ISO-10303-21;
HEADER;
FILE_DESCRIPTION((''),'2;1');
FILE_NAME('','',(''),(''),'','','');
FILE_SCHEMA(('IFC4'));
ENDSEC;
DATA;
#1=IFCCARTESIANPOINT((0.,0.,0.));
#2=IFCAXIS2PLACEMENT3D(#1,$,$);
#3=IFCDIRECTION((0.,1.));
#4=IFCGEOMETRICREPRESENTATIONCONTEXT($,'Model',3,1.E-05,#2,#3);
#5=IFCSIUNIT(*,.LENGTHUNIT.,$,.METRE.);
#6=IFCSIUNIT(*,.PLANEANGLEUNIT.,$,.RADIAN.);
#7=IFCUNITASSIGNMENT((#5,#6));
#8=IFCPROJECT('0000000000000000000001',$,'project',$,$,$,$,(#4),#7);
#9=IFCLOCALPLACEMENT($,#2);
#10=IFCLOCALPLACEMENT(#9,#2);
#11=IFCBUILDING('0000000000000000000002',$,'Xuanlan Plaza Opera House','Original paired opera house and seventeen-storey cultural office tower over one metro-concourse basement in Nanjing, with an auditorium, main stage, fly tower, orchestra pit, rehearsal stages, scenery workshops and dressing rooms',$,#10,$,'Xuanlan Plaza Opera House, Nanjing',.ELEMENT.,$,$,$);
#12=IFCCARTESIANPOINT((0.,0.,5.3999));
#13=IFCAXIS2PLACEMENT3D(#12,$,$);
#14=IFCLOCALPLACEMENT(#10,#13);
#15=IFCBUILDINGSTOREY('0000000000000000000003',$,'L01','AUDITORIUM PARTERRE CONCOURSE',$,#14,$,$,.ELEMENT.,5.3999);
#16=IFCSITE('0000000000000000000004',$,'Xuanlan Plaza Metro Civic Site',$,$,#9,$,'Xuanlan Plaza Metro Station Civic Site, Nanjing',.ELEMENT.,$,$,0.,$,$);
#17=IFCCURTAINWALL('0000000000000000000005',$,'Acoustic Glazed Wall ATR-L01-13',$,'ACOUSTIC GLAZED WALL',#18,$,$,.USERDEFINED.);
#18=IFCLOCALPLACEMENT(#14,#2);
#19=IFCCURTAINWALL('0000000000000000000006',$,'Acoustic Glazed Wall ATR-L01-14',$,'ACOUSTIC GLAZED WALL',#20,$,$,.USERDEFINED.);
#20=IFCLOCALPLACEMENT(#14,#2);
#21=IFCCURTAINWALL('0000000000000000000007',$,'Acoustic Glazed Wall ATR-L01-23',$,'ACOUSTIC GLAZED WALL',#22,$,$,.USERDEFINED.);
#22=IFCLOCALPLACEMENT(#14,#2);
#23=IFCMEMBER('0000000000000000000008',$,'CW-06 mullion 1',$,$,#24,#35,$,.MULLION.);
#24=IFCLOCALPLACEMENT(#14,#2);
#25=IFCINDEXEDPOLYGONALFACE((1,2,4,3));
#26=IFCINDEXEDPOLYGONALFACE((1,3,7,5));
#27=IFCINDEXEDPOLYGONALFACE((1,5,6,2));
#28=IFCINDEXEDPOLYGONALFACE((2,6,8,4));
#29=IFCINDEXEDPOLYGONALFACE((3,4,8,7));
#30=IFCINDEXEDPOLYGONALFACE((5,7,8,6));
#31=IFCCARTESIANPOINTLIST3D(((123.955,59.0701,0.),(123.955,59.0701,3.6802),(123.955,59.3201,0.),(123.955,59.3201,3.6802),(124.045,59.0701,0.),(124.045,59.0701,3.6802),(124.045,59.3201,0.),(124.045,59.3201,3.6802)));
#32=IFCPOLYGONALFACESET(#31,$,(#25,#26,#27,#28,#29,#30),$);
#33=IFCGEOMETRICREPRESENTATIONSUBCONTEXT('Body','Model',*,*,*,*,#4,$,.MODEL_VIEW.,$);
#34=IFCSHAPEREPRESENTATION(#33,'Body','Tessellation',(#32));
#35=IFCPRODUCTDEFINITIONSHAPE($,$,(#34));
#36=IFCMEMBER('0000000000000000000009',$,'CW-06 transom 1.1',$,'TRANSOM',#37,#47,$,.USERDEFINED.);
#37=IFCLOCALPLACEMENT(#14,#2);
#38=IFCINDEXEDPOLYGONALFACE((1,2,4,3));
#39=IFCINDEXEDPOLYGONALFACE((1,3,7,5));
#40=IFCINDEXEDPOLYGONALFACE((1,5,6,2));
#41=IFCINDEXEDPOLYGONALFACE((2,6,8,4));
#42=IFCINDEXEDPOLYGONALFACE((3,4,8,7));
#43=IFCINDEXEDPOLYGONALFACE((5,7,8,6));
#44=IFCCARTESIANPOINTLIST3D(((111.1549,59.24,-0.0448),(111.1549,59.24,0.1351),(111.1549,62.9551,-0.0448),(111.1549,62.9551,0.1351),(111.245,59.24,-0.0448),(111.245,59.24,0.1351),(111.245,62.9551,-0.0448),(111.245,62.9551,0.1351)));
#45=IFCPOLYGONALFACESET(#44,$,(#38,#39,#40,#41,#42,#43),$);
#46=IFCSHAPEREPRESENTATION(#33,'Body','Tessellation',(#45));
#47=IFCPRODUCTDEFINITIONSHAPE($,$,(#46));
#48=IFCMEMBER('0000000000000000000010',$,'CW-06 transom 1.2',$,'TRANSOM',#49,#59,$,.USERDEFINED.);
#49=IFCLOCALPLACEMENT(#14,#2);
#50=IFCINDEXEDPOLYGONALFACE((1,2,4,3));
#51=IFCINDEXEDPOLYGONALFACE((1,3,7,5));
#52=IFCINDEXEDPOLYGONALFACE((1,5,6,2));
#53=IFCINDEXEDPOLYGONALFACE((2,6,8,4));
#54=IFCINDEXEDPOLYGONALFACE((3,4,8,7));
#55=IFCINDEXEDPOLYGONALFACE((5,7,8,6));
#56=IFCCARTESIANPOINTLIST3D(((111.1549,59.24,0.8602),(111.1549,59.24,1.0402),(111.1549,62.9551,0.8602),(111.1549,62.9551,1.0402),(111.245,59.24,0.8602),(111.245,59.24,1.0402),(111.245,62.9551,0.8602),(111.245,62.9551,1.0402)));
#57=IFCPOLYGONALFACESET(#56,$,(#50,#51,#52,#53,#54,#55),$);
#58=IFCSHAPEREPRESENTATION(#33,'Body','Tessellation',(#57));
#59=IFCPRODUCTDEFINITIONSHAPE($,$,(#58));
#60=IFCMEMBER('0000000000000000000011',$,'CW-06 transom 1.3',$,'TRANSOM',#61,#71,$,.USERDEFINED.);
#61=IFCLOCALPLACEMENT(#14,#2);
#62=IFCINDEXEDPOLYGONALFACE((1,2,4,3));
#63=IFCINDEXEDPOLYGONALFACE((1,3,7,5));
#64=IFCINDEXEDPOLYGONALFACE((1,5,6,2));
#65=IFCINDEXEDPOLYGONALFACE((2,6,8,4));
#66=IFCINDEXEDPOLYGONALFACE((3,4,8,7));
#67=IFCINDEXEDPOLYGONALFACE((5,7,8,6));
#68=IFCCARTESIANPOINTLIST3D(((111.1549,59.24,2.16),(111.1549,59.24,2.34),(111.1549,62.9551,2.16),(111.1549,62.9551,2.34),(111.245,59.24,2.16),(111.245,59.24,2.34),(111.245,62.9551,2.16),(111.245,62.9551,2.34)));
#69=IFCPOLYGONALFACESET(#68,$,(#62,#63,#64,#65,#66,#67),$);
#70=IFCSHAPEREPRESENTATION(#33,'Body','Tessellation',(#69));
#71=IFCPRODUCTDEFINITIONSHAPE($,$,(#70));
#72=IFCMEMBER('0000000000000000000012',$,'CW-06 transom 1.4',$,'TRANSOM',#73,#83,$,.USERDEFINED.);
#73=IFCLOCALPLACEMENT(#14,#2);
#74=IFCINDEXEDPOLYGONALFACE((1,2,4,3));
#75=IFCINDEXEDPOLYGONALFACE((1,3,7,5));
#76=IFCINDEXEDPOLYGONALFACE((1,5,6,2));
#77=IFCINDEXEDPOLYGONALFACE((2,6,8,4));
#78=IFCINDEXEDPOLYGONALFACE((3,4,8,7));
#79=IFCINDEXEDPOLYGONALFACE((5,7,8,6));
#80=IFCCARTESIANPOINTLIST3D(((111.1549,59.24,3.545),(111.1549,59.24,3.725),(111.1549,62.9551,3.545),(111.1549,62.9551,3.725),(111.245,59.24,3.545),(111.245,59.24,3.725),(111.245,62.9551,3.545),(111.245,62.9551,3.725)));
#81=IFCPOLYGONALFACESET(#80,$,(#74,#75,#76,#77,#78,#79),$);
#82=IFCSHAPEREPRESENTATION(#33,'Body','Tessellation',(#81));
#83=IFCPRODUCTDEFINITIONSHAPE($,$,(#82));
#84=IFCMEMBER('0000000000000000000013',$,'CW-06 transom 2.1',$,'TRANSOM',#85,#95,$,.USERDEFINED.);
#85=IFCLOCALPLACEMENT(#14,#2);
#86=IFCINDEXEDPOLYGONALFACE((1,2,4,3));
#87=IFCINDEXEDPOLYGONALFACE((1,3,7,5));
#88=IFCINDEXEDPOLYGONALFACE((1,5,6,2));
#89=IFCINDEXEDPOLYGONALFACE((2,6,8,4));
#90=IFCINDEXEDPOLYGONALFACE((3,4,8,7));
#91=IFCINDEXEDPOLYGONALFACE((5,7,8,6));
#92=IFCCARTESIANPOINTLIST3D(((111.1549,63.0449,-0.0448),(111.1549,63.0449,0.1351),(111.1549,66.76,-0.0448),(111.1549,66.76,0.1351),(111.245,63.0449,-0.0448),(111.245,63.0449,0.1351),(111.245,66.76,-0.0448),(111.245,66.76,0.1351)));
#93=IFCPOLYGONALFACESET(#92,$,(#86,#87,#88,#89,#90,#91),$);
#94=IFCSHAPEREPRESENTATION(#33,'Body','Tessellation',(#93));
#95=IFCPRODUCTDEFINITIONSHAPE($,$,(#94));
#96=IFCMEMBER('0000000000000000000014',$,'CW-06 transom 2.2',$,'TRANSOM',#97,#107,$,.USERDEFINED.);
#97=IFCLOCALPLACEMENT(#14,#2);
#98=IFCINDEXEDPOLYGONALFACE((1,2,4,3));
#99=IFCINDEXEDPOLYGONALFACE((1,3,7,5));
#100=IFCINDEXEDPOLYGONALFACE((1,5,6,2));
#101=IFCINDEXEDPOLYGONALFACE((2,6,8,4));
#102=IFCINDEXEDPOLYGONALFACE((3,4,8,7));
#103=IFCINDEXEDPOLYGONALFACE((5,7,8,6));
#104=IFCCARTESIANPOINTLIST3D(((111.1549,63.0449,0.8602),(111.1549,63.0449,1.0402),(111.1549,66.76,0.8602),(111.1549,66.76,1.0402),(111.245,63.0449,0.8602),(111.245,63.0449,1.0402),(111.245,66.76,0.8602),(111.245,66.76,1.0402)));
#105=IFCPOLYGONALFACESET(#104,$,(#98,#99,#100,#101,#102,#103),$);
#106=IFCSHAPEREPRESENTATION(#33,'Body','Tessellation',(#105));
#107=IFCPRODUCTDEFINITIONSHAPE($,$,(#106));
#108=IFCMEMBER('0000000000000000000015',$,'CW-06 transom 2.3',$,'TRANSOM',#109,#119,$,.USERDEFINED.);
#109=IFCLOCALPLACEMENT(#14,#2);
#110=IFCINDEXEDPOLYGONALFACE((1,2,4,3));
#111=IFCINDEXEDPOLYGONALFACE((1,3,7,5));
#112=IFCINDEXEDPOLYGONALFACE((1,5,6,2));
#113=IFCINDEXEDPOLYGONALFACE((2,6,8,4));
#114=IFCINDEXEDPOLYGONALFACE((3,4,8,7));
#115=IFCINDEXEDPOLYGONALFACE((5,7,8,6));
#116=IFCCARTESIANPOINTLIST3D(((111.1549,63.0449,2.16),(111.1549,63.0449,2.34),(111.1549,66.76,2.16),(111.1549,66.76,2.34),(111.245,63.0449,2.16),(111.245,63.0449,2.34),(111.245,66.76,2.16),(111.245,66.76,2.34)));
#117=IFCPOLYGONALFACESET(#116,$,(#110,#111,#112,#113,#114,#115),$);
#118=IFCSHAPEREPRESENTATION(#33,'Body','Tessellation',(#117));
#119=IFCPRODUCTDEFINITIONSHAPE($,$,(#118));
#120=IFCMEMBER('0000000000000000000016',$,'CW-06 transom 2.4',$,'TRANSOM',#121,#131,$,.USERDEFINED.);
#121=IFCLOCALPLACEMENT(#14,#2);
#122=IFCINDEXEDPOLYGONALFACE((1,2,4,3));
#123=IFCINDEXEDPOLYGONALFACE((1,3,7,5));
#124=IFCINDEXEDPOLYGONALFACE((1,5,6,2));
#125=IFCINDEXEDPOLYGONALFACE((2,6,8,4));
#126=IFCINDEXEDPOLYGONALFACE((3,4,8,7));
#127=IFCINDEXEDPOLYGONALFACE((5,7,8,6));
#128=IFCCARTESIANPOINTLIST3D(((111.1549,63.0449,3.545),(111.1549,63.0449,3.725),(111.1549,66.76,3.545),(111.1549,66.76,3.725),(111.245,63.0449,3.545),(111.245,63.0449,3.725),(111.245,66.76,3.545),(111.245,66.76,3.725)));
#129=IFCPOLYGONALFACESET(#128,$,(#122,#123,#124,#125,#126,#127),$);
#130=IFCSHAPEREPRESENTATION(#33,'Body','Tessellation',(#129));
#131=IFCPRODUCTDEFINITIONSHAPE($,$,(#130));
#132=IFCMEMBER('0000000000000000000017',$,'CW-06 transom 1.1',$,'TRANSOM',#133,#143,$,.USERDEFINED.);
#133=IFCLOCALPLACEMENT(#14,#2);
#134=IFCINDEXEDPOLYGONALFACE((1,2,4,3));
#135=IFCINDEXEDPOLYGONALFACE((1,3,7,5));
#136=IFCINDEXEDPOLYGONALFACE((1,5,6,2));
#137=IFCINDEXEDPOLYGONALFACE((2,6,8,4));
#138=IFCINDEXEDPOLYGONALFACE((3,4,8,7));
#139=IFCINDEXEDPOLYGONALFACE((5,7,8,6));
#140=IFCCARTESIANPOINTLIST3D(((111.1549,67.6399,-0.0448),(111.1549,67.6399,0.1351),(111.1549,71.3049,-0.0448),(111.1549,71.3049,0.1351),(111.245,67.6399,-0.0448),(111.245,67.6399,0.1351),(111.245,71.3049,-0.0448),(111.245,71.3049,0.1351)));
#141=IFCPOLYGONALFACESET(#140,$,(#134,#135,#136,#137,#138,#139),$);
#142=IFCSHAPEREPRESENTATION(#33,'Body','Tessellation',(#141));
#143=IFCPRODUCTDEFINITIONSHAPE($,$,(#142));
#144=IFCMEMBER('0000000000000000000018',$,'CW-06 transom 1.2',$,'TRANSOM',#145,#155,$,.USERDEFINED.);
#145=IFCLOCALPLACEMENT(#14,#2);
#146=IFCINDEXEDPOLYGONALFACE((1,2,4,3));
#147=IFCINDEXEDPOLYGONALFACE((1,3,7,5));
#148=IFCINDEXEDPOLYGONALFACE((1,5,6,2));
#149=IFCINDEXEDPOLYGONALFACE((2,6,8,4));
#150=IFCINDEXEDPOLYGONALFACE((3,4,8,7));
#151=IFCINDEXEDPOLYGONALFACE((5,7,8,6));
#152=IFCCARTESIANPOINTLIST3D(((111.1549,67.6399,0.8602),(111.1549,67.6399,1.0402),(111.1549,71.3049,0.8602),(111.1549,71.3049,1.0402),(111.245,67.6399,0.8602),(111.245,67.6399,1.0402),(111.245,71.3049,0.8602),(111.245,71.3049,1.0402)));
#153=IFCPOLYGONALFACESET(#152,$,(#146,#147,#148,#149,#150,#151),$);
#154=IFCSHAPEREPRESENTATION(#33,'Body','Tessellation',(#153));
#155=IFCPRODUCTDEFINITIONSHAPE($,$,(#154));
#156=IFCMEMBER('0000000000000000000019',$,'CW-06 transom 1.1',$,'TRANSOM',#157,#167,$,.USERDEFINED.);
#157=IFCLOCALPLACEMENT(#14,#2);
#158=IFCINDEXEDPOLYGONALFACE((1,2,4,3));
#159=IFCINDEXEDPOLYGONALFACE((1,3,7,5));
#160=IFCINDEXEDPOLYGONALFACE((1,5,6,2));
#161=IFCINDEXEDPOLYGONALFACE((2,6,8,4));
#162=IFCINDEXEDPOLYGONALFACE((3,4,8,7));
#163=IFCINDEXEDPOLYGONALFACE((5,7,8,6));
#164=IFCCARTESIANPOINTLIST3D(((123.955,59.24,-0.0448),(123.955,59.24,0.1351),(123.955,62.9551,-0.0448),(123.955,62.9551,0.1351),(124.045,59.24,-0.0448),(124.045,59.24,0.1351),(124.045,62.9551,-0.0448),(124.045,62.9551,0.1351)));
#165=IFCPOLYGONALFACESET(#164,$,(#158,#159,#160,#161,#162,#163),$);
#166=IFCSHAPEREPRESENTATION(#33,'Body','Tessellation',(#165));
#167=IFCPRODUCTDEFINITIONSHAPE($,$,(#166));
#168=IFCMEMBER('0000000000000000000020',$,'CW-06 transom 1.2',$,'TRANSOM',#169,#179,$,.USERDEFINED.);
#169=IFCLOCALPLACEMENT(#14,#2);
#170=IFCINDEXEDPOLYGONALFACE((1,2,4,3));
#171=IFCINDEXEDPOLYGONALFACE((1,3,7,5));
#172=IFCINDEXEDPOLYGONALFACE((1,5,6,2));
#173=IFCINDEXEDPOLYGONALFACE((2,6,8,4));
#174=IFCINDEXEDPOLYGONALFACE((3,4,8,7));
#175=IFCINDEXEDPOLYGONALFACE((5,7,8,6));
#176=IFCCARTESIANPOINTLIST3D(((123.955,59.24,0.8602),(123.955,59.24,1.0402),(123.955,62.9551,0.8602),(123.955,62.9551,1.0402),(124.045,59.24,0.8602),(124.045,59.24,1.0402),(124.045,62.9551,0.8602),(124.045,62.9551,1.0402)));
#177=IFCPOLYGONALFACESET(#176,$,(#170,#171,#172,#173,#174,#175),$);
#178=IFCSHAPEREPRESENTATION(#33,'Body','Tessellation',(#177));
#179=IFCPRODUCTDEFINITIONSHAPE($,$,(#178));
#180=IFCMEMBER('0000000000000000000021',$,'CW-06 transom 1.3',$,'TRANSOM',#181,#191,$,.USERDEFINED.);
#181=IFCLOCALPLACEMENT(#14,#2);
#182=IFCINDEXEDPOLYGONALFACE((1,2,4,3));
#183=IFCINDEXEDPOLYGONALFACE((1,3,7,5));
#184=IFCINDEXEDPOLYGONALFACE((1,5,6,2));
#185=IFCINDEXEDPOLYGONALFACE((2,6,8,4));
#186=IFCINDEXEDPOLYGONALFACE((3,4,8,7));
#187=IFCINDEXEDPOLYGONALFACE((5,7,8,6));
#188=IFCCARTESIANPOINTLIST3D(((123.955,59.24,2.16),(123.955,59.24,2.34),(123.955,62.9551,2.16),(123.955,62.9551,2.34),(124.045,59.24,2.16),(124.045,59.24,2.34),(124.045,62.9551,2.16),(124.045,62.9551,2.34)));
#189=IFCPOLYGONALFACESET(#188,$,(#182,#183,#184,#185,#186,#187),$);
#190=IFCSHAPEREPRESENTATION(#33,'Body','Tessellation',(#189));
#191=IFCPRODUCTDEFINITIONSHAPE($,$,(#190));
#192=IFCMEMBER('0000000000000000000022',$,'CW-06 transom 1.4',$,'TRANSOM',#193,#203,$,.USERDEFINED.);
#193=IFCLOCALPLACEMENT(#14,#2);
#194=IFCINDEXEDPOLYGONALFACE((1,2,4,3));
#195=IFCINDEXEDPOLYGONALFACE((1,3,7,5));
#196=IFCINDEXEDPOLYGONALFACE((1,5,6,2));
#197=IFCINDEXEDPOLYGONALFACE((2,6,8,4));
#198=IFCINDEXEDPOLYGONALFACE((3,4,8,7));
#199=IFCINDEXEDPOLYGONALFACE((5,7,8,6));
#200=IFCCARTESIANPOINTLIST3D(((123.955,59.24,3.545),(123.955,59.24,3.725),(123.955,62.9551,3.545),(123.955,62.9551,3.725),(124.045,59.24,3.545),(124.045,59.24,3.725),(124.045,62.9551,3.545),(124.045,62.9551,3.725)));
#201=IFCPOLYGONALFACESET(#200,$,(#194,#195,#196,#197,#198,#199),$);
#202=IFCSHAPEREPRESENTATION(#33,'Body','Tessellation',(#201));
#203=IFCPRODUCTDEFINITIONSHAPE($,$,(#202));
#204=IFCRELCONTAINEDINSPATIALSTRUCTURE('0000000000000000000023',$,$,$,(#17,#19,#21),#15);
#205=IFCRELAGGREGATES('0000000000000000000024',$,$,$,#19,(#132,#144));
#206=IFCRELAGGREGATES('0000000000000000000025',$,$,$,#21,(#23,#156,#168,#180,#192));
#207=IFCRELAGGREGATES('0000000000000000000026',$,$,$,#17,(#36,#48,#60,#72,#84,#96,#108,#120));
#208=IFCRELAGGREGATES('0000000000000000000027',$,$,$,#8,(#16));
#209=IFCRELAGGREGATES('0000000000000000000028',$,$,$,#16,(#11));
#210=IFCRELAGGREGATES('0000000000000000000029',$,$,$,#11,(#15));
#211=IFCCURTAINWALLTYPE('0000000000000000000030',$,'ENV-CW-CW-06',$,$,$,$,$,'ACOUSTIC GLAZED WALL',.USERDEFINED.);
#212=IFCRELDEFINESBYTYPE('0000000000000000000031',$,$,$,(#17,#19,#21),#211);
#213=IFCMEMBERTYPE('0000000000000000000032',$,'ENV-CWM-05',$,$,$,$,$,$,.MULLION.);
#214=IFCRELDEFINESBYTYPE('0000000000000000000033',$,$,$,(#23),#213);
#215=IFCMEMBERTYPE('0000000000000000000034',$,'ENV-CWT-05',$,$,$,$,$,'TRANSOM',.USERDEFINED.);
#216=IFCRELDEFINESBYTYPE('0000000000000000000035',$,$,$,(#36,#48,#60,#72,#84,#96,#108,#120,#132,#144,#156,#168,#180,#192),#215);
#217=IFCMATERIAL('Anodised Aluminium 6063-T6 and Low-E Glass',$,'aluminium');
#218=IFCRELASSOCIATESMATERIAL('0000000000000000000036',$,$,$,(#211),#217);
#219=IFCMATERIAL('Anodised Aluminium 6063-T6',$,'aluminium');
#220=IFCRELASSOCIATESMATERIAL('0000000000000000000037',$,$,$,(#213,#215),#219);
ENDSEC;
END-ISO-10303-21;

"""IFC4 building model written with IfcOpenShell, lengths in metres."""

from ifc_helpers import new_model, si_unit, direction, frame, origin, origin_2d, place, context, subcontext, project, spatial, rectangle, extrude, material, material_profile, profile_set, type_object, element, aggregate, save


model = new_model("IFC4")

# Units and contexts
model_context = context("Model", 3, precision=1e-05, world=origin(), true_north=direction((0.0, 1.0)))
body_context = subcontext(model_context, "Body", "Model", "MODEL_VIEW")
ifc_project = project(units=[si_unit("LENGTHUNIT", "METRE"), si_unit("PLANEANGLEUNIT", "RADIAN")], contexts=[model_context])

# Site, building, storey
site_placement = place(None, origin())
site = spatial("IfcSite", under=ifc_project, at=site_placement, Name="Xuanlan Plaza Metro Civic Site", LongName="Xuanlan Plaza Metro Station Civic Site, Nanjing", CompositionType="ELEMENT", RefElevation=0.0)
building_placement = place(site_placement, origin())
building = spatial("IfcBuilding", under=site, at=building_placement, Name="Xuanlan Plaza Opera House", Description="Original paired opera house and seventeen-storey cultural office tower over one metro-concourse basement in Nanjing, with an auditorium, main stage, fly tower, orchestra pit, rehearsal stages, scenery workshops and dressing rooms", LongName="Xuanlan Plaza Opera House, Nanjing", CompositionType="ELEMENT")
storey_placement = place(building_placement, frame((0.0, 0.0, 5.3999)))
storey = spatial("IfcBuildingStorey", under=building, at=storey_placement, Name="L01", Description="AUDITORIUM PARTERRE CONCOURSE", CompositionType="ELEMENT", Elevation=5.3999)

# Shared definitions
ifc_material_1 = material(Name="Anodised Aluminium 6063-T6 and Low-E Glass", Category="aluminium")
curtain_wall_type = type_object("IfcCurtainWallType", Name="ENV-CW-CW-06", ElementType="ACOUSTIC GLAZED WALL", PredefinedType="USERDEFINED", material=ifc_material_1)
ifc_material_2 = material(Name="Anodised Aluminium 6063-T6", Category="aluminium")
ifc_material_profile_1 = material_profile(ifc_material_2, rectangle(XDim=0.0901, YDim=0.25, at=origin_2d()), Name="ALU-M 90x250")
ifc_profile_set_1 = profile_set([ifc_material_profile_1], Name="Anodised Aluminium 6063-T6")
member_type_1 = type_object("IfcMemberType", Name="ENV-CWM-05", PredefinedType="MULLION", material=ifc_profile_set_1)

# Curtain wall
curtain_wall_1_placement = place(storey_placement, origin())
curtain_wall_1 = element("IfcCurtainWall", 1, at=curtain_wall_1_placement, inside=storey, type_object=curtain_wall_type, Name="Acoustic Glazed Wall ATR-L01-13", ObjectType="ACOUSTIC GLAZED WALL", PredefinedType="USERDEFINED")

# Curtain walls, member
curtain_wall_2_placement = place(storey_placement, origin())
curtain_wall_2 = element("IfcCurtainWall", 2, at=curtain_wall_2_placement, inside=storey, type_object=curtain_wall_type, Name="Acoustic Glazed Wall ATR-L01-14", ObjectType="ACOUSTIC GLAZED WALL", PredefinedType="USERDEFINED")
curtain_wall_3_placement = place(storey_placement, origin())
curtain_wall_3 = element("IfcCurtainWall", 3, at=curtain_wall_3_placement, inside=storey, type_object=curtain_wall_type, Name="Acoustic Glazed Wall ATR-L01-23", ObjectType="ACOUSTIC GLAZED WALL", PredefinedType="USERDEFINED")
member_1_placement = place(storey_placement, frame((124.0, 59.1951, 0.0), z_axis=(0.0, 0.0, 1.0), x_axis=(-1.0, 0.0, 0.0)))
member_1 = element("IfcMember", 4, at=member_1_placement, type_object=member_type_1, Name="CW-06 mullion 1", PredefinedType="MULLION", context=body_context, shape_type="SweptSolid", body=[
    extrude(rectangle(XDim=0.0901, YDim=0.25, at=origin_2d()), origin(), (0.0, 0.0, 1.0), 3.6802),
])

# Members
ifc_material_profile_2 = material_profile(ifc_material_2, rectangle(XDim=0.0901, YDim=0.1799, at=origin_2d()), Name="ALU-T 90x180")
ifc_profile_set_2 = profile_set([ifc_material_profile_2], Name="Anodised Aluminium 6063-T6")
member_type_2 = type_object("IfcMemberType", Name="ENV-CWT-05", ElementType="TRANSOM", PredefinedType="USERDEFINED", material=ifc_profile_set_2)
member_2_placement = place(storey_placement, frame((111.2, 59.24, 0.0452), z_axis=(0.0, 1.0, 0.0), x_axis=(-1.0, 0.0, 0.0)))
member_2 = element("IfcMember", 5, at=member_2_placement, type_object=member_type_2, Name="CW-06 transom 1.1", ObjectType="TRANSOM", PredefinedType="USERDEFINED", context=body_context, shape_type="SweptSolid", body=[
    extrude(rectangle(XDim=0.0901, YDim=0.1799, at=origin_2d()), origin(), (0.0, 0.0, 1.0), 3.7151),
])
member_3_placement = place(storey_placement, frame((111.2, 59.24, 0.9502), z_axis=(0.0, 1.0, 0.0), x_axis=(-1.0, 0.0, 0.0)))
member_3 = element("IfcMember", 6, at=member_3_placement, type_object=member_type_2, Name="CW-06 transom 1.2", ObjectType="TRANSOM", PredefinedType="USERDEFINED", context=body_context, shape_type="SweptSolid", body=[
    extrude(rectangle(XDim=0.0901, YDim=0.1799, at=origin_2d()), origin(), (0.0, 0.0, 1.0), 3.7151),
])
member_4_placement = place(storey_placement, frame((111.2, 59.24, 2.25), z_axis=(0.0, 1.0, 0.0), x_axis=(-1.0, 0.0, 0.0)))
member_4 = element("IfcMember", 7, at=member_4_placement, type_object=member_type_2, Name="CW-06 transom 1.3", ObjectType="TRANSOM", PredefinedType="USERDEFINED", context=body_context, shape_type="SweptSolid", body=[
    extrude(rectangle(XDim=0.0901, YDim=0.1799, at=origin_2d()), origin(), (0.0, 0.0, 1.0), 3.7151),
])
member_5_placement = place(storey_placement, frame((111.2, 59.24, 3.635), z_axis=(0.0, 1.0, 0.0), x_axis=(-1.0, 0.0, 0.0)))
member_5 = element("IfcMember", 8, at=member_5_placement, type_object=member_type_2, Name="CW-06 transom 1.4", ObjectType="TRANSOM", PredefinedType="USERDEFINED", context=body_context, shape_type="SweptSolid", body=[
    extrude(rectangle(XDim=0.0901, YDim=0.1799, at=origin_2d()), origin(), (0.0, 0.0, 1.0), 3.7151),
])
member_6_placement = place(storey_placement, frame((111.2, 63.0449, 0.0452), z_axis=(0.0, 1.0, 0.0), x_axis=(-1.0, 0.0, 0.0)))
member_6 = element("IfcMember", 9, at=member_6_placement, type_object=member_type_2, Name="CW-06 transom 2.1", ObjectType="TRANSOM", PredefinedType="USERDEFINED", context=body_context, shape_type="SweptSolid", body=[
    extrude(rectangle(XDim=0.0901, YDim=0.1799, at=origin_2d()), origin(), (0.0, 0.0, 1.0), 3.7151),
])
member_7_placement = place(storey_placement, frame((111.2, 63.0449, 0.9502), z_axis=(0.0, 1.0, 0.0), x_axis=(-1.0, 0.0, 0.0)))
member_7 = element("IfcMember", 10, at=member_7_placement, type_object=member_type_2, Name="CW-06 transom 2.2", ObjectType="TRANSOM", PredefinedType="USERDEFINED", context=body_context, shape_type="SweptSolid", body=[
    extrude(rectangle(XDim=0.0901, YDim=0.1799, at=origin_2d()), origin(), (0.0, 0.0, 1.0), 3.7151),
])
member_8_placement = place(storey_placement, frame((111.2, 63.0449, 2.25), z_axis=(0.0, 1.0, 0.0), x_axis=(-1.0, 0.0, 0.0)))
member_8 = element("IfcMember", 11, at=member_8_placement, type_object=member_type_2, Name="CW-06 transom 2.3", ObjectType="TRANSOM", PredefinedType="USERDEFINED", context=body_context, shape_type="SweptSolid", body=[
    extrude(rectangle(XDim=0.0901, YDim=0.1799, at=origin_2d()), origin(), (0.0, 0.0, 1.0), 3.7151),
])
member_9_placement = place(storey_placement, frame((111.2, 63.0449, 3.635), z_axis=(0.0, 1.0, 0.0), x_axis=(-1.0, 0.0, 0.0)))
member_9 = element("IfcMember", 12, at=member_9_placement, type_object=member_type_2, Name="CW-06 transom 2.4", ObjectType="TRANSOM", PredefinedType="USERDEFINED", context=body_context, shape_type="SweptSolid", body=[
    extrude(rectangle(XDim=0.0901, YDim=0.1799, at=origin_2d()), origin(), (0.0, 0.0, 1.0), 3.7151),
])
member_10_placement = place(storey_placement, frame((111.2, 67.6399, 0.0452), z_axis=(0.0, 1.0, 0.0), x_axis=(-1.0, 0.0, 0.0)))
member_10 = element("IfcMember", 13, at=member_10_placement, type_object=member_type_2, Name="CW-06 transom 1.1", ObjectType="TRANSOM", PredefinedType="USERDEFINED", context=body_context, shape_type="SweptSolid", body=[
    extrude(rectangle(XDim=0.0901, YDim=0.1799, at=origin_2d()), origin(), (0.0, 0.0, 1.0), 3.665),
])
member_11_placement = place(storey_placement, frame((111.2, 67.6399, 0.9502), z_axis=(0.0, 1.0, 0.0), x_axis=(-1.0, 0.0, 0.0)))
member_11 = element("IfcMember", 14, at=member_11_placement, type_object=member_type_2, Name="CW-06 transom 1.2", ObjectType="TRANSOM", PredefinedType="USERDEFINED", context=body_context, shape_type="SweptSolid", body=[
    extrude(rectangle(XDim=0.0901, YDim=0.1799, at=origin_2d()), origin(), (0.0, 0.0, 1.0), 3.665),
])
aggregate(curtain_wall_2, [member_10, member_11])
member_12_placement = place(storey_placement, frame((124.0, 59.24, 0.0452), z_axis=(0.0, 1.0, 0.0), x_axis=(-1.0, 0.0, 0.0)))
member_12 = element("IfcMember", 15, at=member_12_placement, type_object=member_type_2, Name="CW-06 transom 1.1", ObjectType="TRANSOM", PredefinedType="USERDEFINED", context=body_context, shape_type="SweptSolid", body=[
    extrude(rectangle(XDim=0.0901, YDim=0.1799, at=origin_2d()), origin(), (0.0, 0.0, 1.0), 3.7151),
])
member_13_placement = place(storey_placement, frame((124.0, 59.24, 0.9502), z_axis=(0.0, 1.0, 0.0), x_axis=(-1.0, 0.0, 0.0)))
member_13 = element("IfcMember", 16, at=member_13_placement, type_object=member_type_2, Name="CW-06 transom 1.2", ObjectType="TRANSOM", PredefinedType="USERDEFINED", context=body_context, shape_type="SweptSolid", body=[
    extrude(rectangle(XDim=0.0901, YDim=0.1799, at=origin_2d()), origin(), (0.0, 0.0, 1.0), 3.7151),
])
member_14_placement = place(storey_placement, frame((124.0, 59.24, 2.25), z_axis=(0.0, 1.0, 0.0), x_axis=(-1.0, 0.0, 0.0)))
member_14 = element("IfcMember", 17, at=member_14_placement, type_object=member_type_2, Name="CW-06 transom 1.3", ObjectType="TRANSOM", PredefinedType="USERDEFINED", context=body_context, shape_type="SweptSolid", body=[
    extrude(rectangle(XDim=0.0901, YDim=0.1799, at=origin_2d()), origin(), (0.0, 0.0, 1.0), 3.7151),
])
member_15_placement = place(storey_placement, frame((124.0, 59.24, 3.635), z_axis=(0.0, 1.0, 0.0), x_axis=(-1.0, 0.0, 0.0)))
member_15 = element("IfcMember", 18, at=member_15_placement, type_object=member_type_2, Name="CW-06 transom 1.4", ObjectType="TRANSOM", PredefinedType="USERDEFINED", context=body_context, shape_type="SweptSolid", body=[
    extrude(rectangle(XDim=0.0901, YDim=0.1799, at=origin_2d()), origin(), (0.0, 0.0, 1.0), 3.7151),
])
aggregate(curtain_wall_3, [member_1, member_12, member_13, member_14, member_15])

aggregate(curtain_wall_1, [member_2, member_3, member_4, member_5, member_6, member_7, member_8, member_9])

save(model, "model.ifc")
